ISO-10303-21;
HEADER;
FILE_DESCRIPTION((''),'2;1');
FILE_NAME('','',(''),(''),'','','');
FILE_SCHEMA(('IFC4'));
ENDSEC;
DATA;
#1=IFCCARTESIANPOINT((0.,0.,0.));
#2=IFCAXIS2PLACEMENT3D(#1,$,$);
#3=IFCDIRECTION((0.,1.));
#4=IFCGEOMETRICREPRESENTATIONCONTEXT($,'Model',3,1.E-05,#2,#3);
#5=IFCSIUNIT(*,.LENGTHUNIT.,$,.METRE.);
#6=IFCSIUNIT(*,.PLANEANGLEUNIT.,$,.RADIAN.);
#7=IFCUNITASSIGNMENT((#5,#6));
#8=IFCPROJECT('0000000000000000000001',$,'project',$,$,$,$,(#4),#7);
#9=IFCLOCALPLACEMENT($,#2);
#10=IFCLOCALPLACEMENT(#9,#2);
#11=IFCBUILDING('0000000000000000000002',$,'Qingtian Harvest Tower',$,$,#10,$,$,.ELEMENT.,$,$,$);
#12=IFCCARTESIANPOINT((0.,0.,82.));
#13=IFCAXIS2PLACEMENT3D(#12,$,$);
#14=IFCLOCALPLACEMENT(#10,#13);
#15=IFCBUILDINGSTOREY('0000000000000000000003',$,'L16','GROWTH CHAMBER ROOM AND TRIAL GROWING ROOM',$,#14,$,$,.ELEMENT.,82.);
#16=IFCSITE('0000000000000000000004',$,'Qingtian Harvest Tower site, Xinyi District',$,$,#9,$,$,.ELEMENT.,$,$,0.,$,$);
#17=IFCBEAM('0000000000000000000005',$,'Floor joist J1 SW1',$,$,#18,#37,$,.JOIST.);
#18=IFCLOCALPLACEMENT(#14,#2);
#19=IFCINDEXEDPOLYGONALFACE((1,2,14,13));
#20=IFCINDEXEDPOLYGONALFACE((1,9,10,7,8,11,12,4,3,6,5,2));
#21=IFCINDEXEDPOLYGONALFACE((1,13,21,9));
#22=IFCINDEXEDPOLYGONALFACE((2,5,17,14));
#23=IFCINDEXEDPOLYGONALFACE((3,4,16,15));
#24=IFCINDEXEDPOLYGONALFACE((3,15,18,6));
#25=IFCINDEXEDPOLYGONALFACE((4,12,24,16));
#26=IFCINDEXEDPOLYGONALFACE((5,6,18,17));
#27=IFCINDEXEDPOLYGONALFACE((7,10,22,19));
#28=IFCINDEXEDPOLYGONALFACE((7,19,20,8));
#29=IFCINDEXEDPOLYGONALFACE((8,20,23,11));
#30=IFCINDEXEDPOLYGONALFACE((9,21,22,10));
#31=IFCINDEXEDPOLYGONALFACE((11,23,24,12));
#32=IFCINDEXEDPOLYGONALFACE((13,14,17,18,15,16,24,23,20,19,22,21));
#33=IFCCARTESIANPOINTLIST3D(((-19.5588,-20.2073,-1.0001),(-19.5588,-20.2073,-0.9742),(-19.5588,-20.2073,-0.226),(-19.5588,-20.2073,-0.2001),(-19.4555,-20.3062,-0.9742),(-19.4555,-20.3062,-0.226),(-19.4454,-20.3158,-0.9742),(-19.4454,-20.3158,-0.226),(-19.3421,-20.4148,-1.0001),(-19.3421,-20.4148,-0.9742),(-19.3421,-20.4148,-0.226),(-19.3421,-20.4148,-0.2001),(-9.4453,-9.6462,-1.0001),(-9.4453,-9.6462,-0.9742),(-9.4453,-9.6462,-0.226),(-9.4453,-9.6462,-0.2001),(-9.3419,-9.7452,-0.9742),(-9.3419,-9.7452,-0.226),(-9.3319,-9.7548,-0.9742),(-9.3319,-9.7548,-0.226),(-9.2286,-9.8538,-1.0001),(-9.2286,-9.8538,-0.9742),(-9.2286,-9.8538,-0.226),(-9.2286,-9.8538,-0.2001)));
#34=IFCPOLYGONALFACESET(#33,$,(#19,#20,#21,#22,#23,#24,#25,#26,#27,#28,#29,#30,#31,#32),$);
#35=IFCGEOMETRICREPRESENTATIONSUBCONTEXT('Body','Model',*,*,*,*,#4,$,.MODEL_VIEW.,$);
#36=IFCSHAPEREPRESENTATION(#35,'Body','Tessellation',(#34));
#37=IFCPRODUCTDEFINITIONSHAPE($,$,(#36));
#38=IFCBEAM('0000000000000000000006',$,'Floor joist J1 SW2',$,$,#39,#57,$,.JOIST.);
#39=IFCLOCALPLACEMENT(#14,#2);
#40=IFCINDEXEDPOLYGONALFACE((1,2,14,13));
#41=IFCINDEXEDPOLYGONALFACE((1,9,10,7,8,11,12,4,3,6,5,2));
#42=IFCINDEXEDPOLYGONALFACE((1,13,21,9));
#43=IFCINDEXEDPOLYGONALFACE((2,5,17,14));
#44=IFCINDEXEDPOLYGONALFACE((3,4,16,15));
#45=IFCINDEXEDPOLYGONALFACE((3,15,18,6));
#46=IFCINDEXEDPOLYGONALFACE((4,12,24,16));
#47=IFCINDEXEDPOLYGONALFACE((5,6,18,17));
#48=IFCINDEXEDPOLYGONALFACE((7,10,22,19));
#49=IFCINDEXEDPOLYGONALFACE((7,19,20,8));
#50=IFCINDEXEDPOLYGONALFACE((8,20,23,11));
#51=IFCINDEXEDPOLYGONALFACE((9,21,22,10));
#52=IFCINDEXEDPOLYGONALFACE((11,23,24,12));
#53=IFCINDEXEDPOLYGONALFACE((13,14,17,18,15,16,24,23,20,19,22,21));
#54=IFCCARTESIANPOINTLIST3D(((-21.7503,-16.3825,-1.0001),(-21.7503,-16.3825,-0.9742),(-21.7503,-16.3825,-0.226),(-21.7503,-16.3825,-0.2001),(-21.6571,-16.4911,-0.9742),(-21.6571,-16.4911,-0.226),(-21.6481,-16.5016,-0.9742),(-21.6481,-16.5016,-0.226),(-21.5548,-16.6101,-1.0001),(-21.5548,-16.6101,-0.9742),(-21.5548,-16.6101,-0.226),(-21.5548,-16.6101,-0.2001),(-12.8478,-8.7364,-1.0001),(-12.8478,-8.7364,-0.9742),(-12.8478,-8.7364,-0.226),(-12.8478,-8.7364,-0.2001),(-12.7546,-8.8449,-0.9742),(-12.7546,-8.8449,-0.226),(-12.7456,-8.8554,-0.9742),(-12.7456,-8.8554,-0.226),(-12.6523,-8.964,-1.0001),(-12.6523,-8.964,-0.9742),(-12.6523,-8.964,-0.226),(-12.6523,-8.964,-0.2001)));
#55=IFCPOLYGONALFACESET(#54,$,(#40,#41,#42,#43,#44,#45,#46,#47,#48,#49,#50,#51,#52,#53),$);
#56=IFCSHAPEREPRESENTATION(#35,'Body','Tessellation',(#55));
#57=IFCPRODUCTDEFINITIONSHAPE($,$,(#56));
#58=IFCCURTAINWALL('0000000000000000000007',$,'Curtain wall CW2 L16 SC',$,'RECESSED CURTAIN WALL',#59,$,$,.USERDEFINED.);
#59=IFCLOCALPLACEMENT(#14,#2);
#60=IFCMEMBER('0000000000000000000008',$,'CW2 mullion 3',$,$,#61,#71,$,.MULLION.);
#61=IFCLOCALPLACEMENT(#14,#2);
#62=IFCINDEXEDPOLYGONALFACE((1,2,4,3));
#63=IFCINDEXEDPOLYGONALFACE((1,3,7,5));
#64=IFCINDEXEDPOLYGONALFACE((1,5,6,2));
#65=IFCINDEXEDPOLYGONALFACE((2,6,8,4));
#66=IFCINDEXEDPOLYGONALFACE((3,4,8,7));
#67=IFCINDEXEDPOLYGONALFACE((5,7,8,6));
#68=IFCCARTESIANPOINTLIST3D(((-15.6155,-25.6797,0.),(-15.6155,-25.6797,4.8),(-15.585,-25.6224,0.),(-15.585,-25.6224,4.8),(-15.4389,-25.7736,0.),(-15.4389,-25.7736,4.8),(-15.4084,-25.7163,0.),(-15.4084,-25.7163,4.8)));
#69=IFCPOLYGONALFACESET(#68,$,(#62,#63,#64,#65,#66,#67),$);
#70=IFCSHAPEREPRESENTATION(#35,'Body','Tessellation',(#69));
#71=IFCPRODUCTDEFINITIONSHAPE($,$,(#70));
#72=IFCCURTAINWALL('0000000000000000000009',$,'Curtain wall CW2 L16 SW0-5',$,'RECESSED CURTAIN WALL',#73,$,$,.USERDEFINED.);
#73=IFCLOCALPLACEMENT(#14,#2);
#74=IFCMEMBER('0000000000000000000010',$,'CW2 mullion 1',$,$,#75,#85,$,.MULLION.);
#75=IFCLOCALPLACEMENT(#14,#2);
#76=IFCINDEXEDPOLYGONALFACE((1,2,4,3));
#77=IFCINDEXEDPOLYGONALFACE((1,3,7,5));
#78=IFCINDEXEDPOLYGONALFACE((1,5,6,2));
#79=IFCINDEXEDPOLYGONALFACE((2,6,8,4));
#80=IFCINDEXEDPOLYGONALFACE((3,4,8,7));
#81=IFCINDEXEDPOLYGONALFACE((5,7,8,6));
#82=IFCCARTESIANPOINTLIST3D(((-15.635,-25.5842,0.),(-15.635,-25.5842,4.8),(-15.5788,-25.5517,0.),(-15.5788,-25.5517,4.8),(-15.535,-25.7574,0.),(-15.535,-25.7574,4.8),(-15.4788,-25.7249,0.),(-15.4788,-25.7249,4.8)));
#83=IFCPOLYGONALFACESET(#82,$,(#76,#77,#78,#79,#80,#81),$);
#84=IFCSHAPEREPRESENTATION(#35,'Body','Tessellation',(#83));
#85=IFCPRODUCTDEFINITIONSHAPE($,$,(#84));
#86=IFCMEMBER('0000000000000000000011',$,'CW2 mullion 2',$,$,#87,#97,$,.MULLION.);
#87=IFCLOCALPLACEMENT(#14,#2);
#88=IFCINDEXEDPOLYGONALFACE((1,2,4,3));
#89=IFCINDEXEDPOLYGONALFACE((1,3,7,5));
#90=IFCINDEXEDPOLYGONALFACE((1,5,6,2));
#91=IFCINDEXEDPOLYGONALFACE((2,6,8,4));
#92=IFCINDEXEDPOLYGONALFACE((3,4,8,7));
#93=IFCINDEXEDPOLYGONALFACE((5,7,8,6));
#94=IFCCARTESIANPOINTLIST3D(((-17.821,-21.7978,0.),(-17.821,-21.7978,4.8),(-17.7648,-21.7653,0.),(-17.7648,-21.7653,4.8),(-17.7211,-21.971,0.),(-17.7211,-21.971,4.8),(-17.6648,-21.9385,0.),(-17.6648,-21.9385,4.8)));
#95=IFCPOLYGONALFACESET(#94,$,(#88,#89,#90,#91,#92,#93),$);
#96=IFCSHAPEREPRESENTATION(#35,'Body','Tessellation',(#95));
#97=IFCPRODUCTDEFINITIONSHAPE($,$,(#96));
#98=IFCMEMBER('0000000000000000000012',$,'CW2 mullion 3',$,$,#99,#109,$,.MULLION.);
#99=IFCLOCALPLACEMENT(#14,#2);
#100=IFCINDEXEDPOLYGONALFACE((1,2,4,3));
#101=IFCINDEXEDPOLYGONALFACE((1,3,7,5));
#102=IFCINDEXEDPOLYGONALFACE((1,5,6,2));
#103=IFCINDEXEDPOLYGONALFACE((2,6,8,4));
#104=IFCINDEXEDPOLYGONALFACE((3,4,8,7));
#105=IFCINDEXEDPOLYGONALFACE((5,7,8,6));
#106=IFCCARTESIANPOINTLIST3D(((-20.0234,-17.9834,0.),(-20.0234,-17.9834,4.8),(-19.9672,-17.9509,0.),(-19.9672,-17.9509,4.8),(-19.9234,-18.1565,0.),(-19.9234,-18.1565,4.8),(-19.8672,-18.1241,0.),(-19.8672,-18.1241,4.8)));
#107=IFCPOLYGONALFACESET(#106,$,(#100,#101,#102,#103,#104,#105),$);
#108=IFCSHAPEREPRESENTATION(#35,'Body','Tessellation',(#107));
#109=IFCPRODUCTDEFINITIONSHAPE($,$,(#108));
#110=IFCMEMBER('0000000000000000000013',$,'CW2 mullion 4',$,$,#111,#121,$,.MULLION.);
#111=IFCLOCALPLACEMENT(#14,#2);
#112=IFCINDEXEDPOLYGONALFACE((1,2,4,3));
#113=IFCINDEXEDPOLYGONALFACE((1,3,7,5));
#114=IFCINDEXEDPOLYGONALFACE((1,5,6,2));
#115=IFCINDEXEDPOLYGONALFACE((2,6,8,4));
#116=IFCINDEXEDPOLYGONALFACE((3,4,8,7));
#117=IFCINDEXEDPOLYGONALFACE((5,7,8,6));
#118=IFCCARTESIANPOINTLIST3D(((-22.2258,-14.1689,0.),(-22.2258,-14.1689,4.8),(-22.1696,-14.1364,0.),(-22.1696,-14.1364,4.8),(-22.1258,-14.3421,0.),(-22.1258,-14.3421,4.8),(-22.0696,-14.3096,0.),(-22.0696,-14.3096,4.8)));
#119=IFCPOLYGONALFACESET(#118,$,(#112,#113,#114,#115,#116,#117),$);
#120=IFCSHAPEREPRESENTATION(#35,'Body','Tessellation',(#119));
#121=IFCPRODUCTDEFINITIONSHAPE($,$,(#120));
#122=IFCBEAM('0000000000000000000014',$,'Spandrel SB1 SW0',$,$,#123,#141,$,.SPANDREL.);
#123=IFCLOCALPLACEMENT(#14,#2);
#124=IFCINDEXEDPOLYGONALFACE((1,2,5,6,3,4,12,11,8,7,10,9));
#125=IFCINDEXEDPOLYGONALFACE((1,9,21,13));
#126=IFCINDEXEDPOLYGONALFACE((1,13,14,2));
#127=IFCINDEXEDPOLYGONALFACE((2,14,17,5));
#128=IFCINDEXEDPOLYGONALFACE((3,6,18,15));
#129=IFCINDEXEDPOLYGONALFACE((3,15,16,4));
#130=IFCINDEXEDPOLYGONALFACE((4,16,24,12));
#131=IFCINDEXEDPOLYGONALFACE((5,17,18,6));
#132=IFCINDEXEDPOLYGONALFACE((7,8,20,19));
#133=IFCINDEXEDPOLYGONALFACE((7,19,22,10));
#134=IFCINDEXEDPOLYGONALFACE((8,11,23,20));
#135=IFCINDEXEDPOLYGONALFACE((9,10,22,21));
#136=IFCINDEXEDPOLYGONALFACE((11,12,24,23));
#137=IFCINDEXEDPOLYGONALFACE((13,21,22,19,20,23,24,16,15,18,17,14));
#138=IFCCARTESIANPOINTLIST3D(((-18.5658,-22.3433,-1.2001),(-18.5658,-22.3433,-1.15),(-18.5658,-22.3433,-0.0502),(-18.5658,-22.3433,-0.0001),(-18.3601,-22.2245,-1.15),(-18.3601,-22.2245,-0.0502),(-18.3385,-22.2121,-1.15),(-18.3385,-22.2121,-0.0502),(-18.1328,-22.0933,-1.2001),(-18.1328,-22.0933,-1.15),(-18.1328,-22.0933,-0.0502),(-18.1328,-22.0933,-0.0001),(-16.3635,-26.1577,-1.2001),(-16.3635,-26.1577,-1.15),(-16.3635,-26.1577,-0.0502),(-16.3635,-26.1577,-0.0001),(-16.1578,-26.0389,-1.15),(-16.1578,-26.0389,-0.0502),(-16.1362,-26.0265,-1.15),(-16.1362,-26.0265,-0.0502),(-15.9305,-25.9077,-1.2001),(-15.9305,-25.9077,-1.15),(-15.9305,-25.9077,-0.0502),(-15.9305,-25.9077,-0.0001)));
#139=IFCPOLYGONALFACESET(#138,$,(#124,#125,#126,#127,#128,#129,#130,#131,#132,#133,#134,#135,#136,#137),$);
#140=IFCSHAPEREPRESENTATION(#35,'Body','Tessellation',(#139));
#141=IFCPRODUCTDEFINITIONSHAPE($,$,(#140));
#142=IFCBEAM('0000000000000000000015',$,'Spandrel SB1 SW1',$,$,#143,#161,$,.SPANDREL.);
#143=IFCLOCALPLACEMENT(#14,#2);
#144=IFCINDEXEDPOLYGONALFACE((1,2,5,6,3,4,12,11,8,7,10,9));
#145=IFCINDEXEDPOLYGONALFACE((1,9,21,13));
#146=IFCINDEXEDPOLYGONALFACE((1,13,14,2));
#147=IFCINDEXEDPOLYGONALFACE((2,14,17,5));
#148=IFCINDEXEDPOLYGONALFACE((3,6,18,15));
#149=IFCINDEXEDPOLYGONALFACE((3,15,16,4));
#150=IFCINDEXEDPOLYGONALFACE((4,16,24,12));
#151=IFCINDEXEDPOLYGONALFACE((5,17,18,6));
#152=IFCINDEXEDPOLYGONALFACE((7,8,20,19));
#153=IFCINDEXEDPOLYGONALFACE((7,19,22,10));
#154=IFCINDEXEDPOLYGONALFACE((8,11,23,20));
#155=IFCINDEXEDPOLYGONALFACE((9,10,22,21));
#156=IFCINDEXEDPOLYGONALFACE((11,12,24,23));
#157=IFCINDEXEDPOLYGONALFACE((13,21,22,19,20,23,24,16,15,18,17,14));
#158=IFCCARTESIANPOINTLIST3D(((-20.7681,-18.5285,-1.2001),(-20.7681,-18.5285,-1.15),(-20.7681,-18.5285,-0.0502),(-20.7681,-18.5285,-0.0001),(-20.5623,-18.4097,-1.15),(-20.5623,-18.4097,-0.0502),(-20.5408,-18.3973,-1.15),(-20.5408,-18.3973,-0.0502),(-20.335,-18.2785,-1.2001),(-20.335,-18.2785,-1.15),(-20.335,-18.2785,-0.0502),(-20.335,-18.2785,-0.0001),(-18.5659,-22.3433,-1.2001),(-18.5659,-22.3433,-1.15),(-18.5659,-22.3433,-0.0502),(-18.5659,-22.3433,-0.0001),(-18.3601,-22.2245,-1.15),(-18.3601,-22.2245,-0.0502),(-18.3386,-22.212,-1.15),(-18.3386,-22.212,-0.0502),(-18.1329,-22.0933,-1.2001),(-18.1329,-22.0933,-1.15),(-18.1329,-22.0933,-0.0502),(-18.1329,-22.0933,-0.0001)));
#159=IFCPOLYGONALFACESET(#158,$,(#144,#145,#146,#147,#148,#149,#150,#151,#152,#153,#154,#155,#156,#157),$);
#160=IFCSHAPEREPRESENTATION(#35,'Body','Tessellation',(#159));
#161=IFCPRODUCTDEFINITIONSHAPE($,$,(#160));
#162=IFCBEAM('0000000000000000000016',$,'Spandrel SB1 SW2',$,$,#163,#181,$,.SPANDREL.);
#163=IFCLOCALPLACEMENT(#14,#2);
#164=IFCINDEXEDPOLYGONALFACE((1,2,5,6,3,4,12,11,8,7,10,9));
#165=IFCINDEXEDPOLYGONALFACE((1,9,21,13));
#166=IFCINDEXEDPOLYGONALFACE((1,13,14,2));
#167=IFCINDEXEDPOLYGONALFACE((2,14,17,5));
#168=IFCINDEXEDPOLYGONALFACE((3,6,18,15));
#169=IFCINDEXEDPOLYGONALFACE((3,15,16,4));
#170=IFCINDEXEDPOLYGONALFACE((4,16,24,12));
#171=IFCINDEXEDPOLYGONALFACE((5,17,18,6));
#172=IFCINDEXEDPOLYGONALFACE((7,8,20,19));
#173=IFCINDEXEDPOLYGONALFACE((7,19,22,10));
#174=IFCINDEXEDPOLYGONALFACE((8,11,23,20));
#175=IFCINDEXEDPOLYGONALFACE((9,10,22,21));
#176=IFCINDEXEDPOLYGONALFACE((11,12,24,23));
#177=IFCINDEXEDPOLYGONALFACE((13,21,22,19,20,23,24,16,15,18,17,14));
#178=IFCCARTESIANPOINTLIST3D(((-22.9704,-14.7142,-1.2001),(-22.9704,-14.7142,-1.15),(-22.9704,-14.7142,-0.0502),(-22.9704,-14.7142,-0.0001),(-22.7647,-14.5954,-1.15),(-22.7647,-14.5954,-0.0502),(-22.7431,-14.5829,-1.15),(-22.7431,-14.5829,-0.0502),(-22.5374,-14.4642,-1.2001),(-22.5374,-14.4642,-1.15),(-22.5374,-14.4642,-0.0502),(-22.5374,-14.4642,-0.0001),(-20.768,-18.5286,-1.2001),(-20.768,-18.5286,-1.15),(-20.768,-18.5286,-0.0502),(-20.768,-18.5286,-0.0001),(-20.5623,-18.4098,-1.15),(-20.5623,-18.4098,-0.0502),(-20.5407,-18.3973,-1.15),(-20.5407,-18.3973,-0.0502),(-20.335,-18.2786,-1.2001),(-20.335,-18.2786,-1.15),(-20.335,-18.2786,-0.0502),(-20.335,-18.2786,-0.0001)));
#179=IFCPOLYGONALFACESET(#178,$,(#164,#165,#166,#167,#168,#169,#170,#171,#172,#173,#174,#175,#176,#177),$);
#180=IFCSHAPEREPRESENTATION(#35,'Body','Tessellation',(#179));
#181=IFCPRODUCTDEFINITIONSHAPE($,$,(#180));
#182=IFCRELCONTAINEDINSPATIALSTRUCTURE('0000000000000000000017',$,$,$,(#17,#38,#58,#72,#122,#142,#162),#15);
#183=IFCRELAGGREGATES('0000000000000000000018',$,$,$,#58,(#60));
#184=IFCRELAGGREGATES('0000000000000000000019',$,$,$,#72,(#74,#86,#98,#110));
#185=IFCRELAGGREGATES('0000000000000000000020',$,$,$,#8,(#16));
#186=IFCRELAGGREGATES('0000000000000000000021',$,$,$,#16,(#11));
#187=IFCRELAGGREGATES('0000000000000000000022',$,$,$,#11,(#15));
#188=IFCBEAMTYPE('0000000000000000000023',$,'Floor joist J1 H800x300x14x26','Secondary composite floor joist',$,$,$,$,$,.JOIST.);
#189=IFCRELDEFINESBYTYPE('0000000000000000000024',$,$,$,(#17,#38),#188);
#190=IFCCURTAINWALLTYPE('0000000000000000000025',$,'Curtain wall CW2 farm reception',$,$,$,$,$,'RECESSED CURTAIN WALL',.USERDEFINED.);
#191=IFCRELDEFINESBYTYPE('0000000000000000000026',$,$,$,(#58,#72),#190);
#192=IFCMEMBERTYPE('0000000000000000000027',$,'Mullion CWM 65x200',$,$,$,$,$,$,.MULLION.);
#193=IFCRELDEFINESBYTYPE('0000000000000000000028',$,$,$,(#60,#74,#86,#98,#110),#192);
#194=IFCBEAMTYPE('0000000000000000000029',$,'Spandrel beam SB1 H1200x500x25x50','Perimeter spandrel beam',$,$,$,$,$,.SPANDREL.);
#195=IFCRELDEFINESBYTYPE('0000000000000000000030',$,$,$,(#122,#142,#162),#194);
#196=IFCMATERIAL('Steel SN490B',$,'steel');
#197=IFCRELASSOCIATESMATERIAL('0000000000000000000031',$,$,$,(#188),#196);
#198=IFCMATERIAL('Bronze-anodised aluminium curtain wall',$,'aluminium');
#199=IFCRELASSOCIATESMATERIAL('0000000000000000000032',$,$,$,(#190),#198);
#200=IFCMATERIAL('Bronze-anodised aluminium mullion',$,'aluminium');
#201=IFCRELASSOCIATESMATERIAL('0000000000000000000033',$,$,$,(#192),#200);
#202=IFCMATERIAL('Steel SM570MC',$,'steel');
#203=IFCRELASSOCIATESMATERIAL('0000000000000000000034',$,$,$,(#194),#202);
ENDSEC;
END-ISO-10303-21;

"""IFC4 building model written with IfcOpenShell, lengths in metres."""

from ifc_helpers import new_model, si_unit, direction, frame, origin, origin_2d, place, context, subcontext, project, spatial, rectangle, i_section, extrude, material, material_profile, profile_set, type_object, element, aggregate, save


model = new_model("IFC4")

# Units and contexts
model_context = context("Model", 3, precision=1e-05, world=origin(), true_north=direction((0.0, 1.0)))
body_context = subcontext(model_context, "Body", "Model", "MODEL_VIEW")
ifc_project = project(units=[si_unit("LENGTHUNIT", "METRE"), si_unit("PLANEANGLEUNIT", "RADIAN")], contexts=[model_context])

# Site, building, storey
site_placement = place(None, origin())
site = spatial("IfcSite", under=ifc_project, at=site_placement, Name="Qingtian Harvest Tower site, Xinyi District", CompositionType="ELEMENT", RefElevation=0.0)
building_placement = place(site_placement, origin())
building = spatial("IfcBuilding", under=site, at=building_placement, Name="Qingtian Harvest Tower", CompositionType="ELEMENT")
storey_placement = place(building_placement, frame((0.0, 0.0, 82.0)))
storey = spatial("IfcBuildingStorey", under=building, at=storey_placement, Name="L16", Description="GROWTH CHAMBER ROOM AND TRIAL GROWING ROOM", CompositionType="ELEMENT", Elevation=82.0)

# Beams
ifc_material_1 = material(Name="Steel SN490B", Category="steel")
ifc_material_profile_1 = material_profile(ifc_material_1, i_section(OverallWidth=0.3, OverallDepth=0.8, WebThickness=0.0139, FlangeThickness=0.0259, at=origin_2d()), Name="H800x300x14x26")
ifc_profile_set_1 = profile_set([ifc_material_profile_1], Name="Steel SN490B")
beam_type_1 = type_object("IfcBeamType", Name="Floor joist J1 H800x300x14x26", Description="Secondary composite floor joist", PredefinedType="JOIST", material=ifc_profile_set_1)
beam_1_placement = place(storey_placement, frame((-19.4504, -20.311, -0.6001), z_axis=(0.691639, 0.722243, 0.0), x_axis=(-0.722243, 0.691639, 0.0)))
element("IfcBeam", 1, at=beam_1_placement, inside=storey, type_object=beam_type_1, Name="Floor joist J1 SW1", PredefinedType="JOIST", context=body_context, shape_type="SweptSolid", body=[
    extrude(i_section(OverallWidth=0.3, OverallDepth=0.8, WebThickness=0.0139, FlangeThickness=0.0259, at=origin_2d()), origin(), (0.0, 0.0, 1.0), 14.6226),
])
beam_2_placement = place(storey_placement, frame((-21.6526, -16.4963, -0.6001), z_axis=(0.758606, 0.65155, 0.0), x_axis=(-0.65155, 0.758606, 0.0)))
element("IfcBeam", 2, at=beam_2_placement, inside=storey, type_object=beam_type_1, Name="Floor joist J1 SW2", PredefinedType="JOIST", context=body_context, shape_type="SweptSolid", body=[
    extrude(i_section(OverallWidth=0.3, OverallDepth=0.8, WebThickness=0.0139, FlangeThickness=0.0259, at=origin_2d()), origin(), (0.0, 0.0, 1.0), 11.7354),
])

# Curtain wall, member
ifc_material_2 = material(Name="Bronze-anodised aluminium curtain wall", Category="aluminium")
curtain_wall_type = type_object("IfcCurtainWallType", Name="Curtain wall CW2 farm reception", ElementType="RECESSED CURTAIN WALL", PredefinedType="USERDEFINED", material=ifc_material_2)
curtain_wall_1_placement = place(storey_placement, origin())
curtain_wall_1 = element("IfcCurtainWall", 3, at=curtain_wall_1_placement, inside=storey, type_object=curtain_wall_type, Name="Curtain wall CW2 L16 SC", ObjectType="RECESSED CURTAIN WALL", PredefinedType="USERDEFINED")
ifc_material_3 = material(Name="Bronze-anodised aluminium mullion", Category="aluminium")
ifc_material_profile_2 = material_profile(ifc_material_3, rectangle(XDim=0.0649, YDim=0.2, at=origin_2d()), Name="AL 65x200")
ifc_profile_set_2 = profile_set([ifc_material_profile_2], Name="Bronze-anodised aluminium mullion")
member_type_1 = type_object("IfcMemberType", Name="Mullion CWM 65x200", PredefinedType="MULLION", material=ifc_profile_set_2)
member_1_placement = place(storey_placement, frame((-15.512, -25.698, 0.0), z_axis=(0.0, 0.0, 1.0), x_axis=(-0.469472, -0.882948, 0.0)))
member_1 = element("IfcMember", 4, at=member_1_placement, type_object=member_type_1, Name="CW2 mullion 3", PredefinedType="MULLION", context=body_context, shape_type="SweptSolid", body=[
    extrude(rectangle(XDim=0.0649, YDim=0.2, at=origin_2d()), origin(), (0.0, 0.0, 1.0), 4.8),
])

# Curtain wall, members
curtain_wall_2_placement = place(storey_placement, origin())
curtain_wall_2 = element("IfcCurtainWall", 5, at=curtain_wall_2_placement, inside=storey, type_object=curtain_wall_type, Name="Curtain wall CW2 L16 SW0-5", ObjectType="RECESSED CURTAIN WALL", PredefinedType="USERDEFINED")
member_2_placement = place(storey_placement, frame((-15.5569, -25.6545, 0.0), z_axis=(0.0, 0.0, 1.0), x_axis=(-0.866025, -0.5, 0.0)))
member_2 = element("IfcMember", 6, at=member_2_placement, type_object=member_type_1, Name="CW2 mullion 1", PredefinedType="MULLION", context=body_context, shape_type="SweptSolid", body=[
    extrude(rectangle(XDim=0.0649, YDim=0.2, at=origin_2d()), origin(), (0.0, 0.0, 1.0), 4.8),
])
member_3_placement = place(storey_placement, frame((-17.7429, -21.8682, 0.0), z_axis=(0.0, 0.0, 1.0), x_axis=(-0.866025, -0.5, 0.0)))
member_3 = element("IfcMember", 7, at=member_3_placement, type_object=member_type_1, Name="CW2 mullion 2", PredefinedType="MULLION", context=body_context, shape_type="SweptSolid", body=[
    extrude(rectangle(XDim=0.0649, YDim=0.2, at=origin_2d()), origin(), (0.0, 0.0, 1.0), 4.8),
])
member_4_placement = place(storey_placement, frame((-19.9453, -18.0537, 0.0), z_axis=(0.0, 0.0, 1.0), x_axis=(-0.866025, -0.5, 0.0)))
member_4 = element("IfcMember", 8, at=member_4_placement, type_object=member_type_1, Name="CW2 mullion 3", PredefinedType="MULLION", context=body_context, shape_type="SweptSolid", body=[
    extrude(rectangle(XDim=0.0649, YDim=0.2, at=origin_2d()), origin(), (0.0, 0.0, 1.0), 4.8),
])
member_5_placement = place(storey_placement, frame((-22.1477, -14.2393, 0.0), z_axis=(0.0, 0.0, 1.0), x_axis=(-0.866025, -0.5, 0.0)))
member_5 = element("IfcMember", 9, at=member_5_placement, type_object=member_type_1, Name="CW2 mullion 4", PredefinedType="MULLION", context=body_context, shape_type="SweptSolid", body=[
    extrude(rectangle(XDim=0.0649, YDim=0.2, at=origin_2d()), origin(), (0.0, 0.0, 1.0), 4.8),
])

# Beams
ifc_material_4 = material(Name="Steel SM570MC", Category="steel")
ifc_material_profile_3 = material_profile(ifc_material_4, i_section(OverallWidth=0.5, OverallDepth=1.2, WebThickness=0.0249, FlangeThickness=0.05, at=origin_2d()), Name="H1200x500x25x50")
ifc_profile_set_3 = profile_set([ifc_material_profile_3], Name="Steel SM570MC")
beam_type_2 = type_object("IfcBeamType", Name="Spandrel beam SB1 H1200x500x25x50", Description="Perimeter spandrel beam", PredefinedType="SPANDREL", material=ifc_profile_set_3)
beam_3_placement = place(storey_placement, frame((-16.147, -26.0327, -0.6001), z_axis=(-0.50002, 0.866014, 0.0), x_axis=(-0.866014, -0.50002, 0.0)))
element("IfcBeam", 10, at=beam_3_placement, inside=storey, type_object=beam_type_2, Name="Spandrel SB1 SW0", PredefinedType="SPANDREL", context=body_context, shape_type="SweptSolid", body=[
    extrude(i_section(OverallWidth=0.5, OverallDepth=1.2, WebThickness=0.0249, FlangeThickness=0.05, at=origin_2d()), origin(), (0.0, 0.0, 1.0), 4.4045),
])
beam_4_placement = place(storey_placement, frame((-18.3494, -22.2183, -0.6001), z_axis=(-0.499954, 0.866052, 0.0), x_axis=(-0.866052, -0.499954, 0.0)))
element("IfcBeam", 11, at=beam_4_placement, inside=storey, type_object=beam_type_2, Name="Spandrel SB1 SW1", PredefinedType="SPANDREL", context=body_context, shape_type="SweptSolid", body=[
    extrude(i_section(OverallWidth=0.5, OverallDepth=1.2, WebThickness=0.0249, FlangeThickness=0.05, at=origin_2d()), origin(), (0.0, 0.0, 1.0), 4.4048),
])
for number, where, z_axis, x_axis, name in (
    (12, (-20.5515, -18.4036, -0.6001), (-0.50002, 0.866014, 0.0), (-0.866014, -0.50002, 0.0), "Spandrel SB1 SW2"),
):
    element("IfcBeam", number, at=place(storey_placement, frame(where, z_axis=z_axis, x_axis=x_axis)), inside=storey, type_object=beam_type_2, Name=name, PredefinedType="SPANDREL", context=body_context, shape_type="SweptSolid", body=[
        extrude(i_section(OverallWidth=0.5, OverallDepth=1.2, WebThickness=0.0249, FlangeThickness=0.05, at=origin_2d()), origin(), (0.0, 0.0, 1.0), 4.4045),
    ])

aggregate(curtain_wall_1, [member_1])
aggregate(curtain_wall_2, [member_2, member_3, member_4, member_5])

save(model, "model.ifc")
